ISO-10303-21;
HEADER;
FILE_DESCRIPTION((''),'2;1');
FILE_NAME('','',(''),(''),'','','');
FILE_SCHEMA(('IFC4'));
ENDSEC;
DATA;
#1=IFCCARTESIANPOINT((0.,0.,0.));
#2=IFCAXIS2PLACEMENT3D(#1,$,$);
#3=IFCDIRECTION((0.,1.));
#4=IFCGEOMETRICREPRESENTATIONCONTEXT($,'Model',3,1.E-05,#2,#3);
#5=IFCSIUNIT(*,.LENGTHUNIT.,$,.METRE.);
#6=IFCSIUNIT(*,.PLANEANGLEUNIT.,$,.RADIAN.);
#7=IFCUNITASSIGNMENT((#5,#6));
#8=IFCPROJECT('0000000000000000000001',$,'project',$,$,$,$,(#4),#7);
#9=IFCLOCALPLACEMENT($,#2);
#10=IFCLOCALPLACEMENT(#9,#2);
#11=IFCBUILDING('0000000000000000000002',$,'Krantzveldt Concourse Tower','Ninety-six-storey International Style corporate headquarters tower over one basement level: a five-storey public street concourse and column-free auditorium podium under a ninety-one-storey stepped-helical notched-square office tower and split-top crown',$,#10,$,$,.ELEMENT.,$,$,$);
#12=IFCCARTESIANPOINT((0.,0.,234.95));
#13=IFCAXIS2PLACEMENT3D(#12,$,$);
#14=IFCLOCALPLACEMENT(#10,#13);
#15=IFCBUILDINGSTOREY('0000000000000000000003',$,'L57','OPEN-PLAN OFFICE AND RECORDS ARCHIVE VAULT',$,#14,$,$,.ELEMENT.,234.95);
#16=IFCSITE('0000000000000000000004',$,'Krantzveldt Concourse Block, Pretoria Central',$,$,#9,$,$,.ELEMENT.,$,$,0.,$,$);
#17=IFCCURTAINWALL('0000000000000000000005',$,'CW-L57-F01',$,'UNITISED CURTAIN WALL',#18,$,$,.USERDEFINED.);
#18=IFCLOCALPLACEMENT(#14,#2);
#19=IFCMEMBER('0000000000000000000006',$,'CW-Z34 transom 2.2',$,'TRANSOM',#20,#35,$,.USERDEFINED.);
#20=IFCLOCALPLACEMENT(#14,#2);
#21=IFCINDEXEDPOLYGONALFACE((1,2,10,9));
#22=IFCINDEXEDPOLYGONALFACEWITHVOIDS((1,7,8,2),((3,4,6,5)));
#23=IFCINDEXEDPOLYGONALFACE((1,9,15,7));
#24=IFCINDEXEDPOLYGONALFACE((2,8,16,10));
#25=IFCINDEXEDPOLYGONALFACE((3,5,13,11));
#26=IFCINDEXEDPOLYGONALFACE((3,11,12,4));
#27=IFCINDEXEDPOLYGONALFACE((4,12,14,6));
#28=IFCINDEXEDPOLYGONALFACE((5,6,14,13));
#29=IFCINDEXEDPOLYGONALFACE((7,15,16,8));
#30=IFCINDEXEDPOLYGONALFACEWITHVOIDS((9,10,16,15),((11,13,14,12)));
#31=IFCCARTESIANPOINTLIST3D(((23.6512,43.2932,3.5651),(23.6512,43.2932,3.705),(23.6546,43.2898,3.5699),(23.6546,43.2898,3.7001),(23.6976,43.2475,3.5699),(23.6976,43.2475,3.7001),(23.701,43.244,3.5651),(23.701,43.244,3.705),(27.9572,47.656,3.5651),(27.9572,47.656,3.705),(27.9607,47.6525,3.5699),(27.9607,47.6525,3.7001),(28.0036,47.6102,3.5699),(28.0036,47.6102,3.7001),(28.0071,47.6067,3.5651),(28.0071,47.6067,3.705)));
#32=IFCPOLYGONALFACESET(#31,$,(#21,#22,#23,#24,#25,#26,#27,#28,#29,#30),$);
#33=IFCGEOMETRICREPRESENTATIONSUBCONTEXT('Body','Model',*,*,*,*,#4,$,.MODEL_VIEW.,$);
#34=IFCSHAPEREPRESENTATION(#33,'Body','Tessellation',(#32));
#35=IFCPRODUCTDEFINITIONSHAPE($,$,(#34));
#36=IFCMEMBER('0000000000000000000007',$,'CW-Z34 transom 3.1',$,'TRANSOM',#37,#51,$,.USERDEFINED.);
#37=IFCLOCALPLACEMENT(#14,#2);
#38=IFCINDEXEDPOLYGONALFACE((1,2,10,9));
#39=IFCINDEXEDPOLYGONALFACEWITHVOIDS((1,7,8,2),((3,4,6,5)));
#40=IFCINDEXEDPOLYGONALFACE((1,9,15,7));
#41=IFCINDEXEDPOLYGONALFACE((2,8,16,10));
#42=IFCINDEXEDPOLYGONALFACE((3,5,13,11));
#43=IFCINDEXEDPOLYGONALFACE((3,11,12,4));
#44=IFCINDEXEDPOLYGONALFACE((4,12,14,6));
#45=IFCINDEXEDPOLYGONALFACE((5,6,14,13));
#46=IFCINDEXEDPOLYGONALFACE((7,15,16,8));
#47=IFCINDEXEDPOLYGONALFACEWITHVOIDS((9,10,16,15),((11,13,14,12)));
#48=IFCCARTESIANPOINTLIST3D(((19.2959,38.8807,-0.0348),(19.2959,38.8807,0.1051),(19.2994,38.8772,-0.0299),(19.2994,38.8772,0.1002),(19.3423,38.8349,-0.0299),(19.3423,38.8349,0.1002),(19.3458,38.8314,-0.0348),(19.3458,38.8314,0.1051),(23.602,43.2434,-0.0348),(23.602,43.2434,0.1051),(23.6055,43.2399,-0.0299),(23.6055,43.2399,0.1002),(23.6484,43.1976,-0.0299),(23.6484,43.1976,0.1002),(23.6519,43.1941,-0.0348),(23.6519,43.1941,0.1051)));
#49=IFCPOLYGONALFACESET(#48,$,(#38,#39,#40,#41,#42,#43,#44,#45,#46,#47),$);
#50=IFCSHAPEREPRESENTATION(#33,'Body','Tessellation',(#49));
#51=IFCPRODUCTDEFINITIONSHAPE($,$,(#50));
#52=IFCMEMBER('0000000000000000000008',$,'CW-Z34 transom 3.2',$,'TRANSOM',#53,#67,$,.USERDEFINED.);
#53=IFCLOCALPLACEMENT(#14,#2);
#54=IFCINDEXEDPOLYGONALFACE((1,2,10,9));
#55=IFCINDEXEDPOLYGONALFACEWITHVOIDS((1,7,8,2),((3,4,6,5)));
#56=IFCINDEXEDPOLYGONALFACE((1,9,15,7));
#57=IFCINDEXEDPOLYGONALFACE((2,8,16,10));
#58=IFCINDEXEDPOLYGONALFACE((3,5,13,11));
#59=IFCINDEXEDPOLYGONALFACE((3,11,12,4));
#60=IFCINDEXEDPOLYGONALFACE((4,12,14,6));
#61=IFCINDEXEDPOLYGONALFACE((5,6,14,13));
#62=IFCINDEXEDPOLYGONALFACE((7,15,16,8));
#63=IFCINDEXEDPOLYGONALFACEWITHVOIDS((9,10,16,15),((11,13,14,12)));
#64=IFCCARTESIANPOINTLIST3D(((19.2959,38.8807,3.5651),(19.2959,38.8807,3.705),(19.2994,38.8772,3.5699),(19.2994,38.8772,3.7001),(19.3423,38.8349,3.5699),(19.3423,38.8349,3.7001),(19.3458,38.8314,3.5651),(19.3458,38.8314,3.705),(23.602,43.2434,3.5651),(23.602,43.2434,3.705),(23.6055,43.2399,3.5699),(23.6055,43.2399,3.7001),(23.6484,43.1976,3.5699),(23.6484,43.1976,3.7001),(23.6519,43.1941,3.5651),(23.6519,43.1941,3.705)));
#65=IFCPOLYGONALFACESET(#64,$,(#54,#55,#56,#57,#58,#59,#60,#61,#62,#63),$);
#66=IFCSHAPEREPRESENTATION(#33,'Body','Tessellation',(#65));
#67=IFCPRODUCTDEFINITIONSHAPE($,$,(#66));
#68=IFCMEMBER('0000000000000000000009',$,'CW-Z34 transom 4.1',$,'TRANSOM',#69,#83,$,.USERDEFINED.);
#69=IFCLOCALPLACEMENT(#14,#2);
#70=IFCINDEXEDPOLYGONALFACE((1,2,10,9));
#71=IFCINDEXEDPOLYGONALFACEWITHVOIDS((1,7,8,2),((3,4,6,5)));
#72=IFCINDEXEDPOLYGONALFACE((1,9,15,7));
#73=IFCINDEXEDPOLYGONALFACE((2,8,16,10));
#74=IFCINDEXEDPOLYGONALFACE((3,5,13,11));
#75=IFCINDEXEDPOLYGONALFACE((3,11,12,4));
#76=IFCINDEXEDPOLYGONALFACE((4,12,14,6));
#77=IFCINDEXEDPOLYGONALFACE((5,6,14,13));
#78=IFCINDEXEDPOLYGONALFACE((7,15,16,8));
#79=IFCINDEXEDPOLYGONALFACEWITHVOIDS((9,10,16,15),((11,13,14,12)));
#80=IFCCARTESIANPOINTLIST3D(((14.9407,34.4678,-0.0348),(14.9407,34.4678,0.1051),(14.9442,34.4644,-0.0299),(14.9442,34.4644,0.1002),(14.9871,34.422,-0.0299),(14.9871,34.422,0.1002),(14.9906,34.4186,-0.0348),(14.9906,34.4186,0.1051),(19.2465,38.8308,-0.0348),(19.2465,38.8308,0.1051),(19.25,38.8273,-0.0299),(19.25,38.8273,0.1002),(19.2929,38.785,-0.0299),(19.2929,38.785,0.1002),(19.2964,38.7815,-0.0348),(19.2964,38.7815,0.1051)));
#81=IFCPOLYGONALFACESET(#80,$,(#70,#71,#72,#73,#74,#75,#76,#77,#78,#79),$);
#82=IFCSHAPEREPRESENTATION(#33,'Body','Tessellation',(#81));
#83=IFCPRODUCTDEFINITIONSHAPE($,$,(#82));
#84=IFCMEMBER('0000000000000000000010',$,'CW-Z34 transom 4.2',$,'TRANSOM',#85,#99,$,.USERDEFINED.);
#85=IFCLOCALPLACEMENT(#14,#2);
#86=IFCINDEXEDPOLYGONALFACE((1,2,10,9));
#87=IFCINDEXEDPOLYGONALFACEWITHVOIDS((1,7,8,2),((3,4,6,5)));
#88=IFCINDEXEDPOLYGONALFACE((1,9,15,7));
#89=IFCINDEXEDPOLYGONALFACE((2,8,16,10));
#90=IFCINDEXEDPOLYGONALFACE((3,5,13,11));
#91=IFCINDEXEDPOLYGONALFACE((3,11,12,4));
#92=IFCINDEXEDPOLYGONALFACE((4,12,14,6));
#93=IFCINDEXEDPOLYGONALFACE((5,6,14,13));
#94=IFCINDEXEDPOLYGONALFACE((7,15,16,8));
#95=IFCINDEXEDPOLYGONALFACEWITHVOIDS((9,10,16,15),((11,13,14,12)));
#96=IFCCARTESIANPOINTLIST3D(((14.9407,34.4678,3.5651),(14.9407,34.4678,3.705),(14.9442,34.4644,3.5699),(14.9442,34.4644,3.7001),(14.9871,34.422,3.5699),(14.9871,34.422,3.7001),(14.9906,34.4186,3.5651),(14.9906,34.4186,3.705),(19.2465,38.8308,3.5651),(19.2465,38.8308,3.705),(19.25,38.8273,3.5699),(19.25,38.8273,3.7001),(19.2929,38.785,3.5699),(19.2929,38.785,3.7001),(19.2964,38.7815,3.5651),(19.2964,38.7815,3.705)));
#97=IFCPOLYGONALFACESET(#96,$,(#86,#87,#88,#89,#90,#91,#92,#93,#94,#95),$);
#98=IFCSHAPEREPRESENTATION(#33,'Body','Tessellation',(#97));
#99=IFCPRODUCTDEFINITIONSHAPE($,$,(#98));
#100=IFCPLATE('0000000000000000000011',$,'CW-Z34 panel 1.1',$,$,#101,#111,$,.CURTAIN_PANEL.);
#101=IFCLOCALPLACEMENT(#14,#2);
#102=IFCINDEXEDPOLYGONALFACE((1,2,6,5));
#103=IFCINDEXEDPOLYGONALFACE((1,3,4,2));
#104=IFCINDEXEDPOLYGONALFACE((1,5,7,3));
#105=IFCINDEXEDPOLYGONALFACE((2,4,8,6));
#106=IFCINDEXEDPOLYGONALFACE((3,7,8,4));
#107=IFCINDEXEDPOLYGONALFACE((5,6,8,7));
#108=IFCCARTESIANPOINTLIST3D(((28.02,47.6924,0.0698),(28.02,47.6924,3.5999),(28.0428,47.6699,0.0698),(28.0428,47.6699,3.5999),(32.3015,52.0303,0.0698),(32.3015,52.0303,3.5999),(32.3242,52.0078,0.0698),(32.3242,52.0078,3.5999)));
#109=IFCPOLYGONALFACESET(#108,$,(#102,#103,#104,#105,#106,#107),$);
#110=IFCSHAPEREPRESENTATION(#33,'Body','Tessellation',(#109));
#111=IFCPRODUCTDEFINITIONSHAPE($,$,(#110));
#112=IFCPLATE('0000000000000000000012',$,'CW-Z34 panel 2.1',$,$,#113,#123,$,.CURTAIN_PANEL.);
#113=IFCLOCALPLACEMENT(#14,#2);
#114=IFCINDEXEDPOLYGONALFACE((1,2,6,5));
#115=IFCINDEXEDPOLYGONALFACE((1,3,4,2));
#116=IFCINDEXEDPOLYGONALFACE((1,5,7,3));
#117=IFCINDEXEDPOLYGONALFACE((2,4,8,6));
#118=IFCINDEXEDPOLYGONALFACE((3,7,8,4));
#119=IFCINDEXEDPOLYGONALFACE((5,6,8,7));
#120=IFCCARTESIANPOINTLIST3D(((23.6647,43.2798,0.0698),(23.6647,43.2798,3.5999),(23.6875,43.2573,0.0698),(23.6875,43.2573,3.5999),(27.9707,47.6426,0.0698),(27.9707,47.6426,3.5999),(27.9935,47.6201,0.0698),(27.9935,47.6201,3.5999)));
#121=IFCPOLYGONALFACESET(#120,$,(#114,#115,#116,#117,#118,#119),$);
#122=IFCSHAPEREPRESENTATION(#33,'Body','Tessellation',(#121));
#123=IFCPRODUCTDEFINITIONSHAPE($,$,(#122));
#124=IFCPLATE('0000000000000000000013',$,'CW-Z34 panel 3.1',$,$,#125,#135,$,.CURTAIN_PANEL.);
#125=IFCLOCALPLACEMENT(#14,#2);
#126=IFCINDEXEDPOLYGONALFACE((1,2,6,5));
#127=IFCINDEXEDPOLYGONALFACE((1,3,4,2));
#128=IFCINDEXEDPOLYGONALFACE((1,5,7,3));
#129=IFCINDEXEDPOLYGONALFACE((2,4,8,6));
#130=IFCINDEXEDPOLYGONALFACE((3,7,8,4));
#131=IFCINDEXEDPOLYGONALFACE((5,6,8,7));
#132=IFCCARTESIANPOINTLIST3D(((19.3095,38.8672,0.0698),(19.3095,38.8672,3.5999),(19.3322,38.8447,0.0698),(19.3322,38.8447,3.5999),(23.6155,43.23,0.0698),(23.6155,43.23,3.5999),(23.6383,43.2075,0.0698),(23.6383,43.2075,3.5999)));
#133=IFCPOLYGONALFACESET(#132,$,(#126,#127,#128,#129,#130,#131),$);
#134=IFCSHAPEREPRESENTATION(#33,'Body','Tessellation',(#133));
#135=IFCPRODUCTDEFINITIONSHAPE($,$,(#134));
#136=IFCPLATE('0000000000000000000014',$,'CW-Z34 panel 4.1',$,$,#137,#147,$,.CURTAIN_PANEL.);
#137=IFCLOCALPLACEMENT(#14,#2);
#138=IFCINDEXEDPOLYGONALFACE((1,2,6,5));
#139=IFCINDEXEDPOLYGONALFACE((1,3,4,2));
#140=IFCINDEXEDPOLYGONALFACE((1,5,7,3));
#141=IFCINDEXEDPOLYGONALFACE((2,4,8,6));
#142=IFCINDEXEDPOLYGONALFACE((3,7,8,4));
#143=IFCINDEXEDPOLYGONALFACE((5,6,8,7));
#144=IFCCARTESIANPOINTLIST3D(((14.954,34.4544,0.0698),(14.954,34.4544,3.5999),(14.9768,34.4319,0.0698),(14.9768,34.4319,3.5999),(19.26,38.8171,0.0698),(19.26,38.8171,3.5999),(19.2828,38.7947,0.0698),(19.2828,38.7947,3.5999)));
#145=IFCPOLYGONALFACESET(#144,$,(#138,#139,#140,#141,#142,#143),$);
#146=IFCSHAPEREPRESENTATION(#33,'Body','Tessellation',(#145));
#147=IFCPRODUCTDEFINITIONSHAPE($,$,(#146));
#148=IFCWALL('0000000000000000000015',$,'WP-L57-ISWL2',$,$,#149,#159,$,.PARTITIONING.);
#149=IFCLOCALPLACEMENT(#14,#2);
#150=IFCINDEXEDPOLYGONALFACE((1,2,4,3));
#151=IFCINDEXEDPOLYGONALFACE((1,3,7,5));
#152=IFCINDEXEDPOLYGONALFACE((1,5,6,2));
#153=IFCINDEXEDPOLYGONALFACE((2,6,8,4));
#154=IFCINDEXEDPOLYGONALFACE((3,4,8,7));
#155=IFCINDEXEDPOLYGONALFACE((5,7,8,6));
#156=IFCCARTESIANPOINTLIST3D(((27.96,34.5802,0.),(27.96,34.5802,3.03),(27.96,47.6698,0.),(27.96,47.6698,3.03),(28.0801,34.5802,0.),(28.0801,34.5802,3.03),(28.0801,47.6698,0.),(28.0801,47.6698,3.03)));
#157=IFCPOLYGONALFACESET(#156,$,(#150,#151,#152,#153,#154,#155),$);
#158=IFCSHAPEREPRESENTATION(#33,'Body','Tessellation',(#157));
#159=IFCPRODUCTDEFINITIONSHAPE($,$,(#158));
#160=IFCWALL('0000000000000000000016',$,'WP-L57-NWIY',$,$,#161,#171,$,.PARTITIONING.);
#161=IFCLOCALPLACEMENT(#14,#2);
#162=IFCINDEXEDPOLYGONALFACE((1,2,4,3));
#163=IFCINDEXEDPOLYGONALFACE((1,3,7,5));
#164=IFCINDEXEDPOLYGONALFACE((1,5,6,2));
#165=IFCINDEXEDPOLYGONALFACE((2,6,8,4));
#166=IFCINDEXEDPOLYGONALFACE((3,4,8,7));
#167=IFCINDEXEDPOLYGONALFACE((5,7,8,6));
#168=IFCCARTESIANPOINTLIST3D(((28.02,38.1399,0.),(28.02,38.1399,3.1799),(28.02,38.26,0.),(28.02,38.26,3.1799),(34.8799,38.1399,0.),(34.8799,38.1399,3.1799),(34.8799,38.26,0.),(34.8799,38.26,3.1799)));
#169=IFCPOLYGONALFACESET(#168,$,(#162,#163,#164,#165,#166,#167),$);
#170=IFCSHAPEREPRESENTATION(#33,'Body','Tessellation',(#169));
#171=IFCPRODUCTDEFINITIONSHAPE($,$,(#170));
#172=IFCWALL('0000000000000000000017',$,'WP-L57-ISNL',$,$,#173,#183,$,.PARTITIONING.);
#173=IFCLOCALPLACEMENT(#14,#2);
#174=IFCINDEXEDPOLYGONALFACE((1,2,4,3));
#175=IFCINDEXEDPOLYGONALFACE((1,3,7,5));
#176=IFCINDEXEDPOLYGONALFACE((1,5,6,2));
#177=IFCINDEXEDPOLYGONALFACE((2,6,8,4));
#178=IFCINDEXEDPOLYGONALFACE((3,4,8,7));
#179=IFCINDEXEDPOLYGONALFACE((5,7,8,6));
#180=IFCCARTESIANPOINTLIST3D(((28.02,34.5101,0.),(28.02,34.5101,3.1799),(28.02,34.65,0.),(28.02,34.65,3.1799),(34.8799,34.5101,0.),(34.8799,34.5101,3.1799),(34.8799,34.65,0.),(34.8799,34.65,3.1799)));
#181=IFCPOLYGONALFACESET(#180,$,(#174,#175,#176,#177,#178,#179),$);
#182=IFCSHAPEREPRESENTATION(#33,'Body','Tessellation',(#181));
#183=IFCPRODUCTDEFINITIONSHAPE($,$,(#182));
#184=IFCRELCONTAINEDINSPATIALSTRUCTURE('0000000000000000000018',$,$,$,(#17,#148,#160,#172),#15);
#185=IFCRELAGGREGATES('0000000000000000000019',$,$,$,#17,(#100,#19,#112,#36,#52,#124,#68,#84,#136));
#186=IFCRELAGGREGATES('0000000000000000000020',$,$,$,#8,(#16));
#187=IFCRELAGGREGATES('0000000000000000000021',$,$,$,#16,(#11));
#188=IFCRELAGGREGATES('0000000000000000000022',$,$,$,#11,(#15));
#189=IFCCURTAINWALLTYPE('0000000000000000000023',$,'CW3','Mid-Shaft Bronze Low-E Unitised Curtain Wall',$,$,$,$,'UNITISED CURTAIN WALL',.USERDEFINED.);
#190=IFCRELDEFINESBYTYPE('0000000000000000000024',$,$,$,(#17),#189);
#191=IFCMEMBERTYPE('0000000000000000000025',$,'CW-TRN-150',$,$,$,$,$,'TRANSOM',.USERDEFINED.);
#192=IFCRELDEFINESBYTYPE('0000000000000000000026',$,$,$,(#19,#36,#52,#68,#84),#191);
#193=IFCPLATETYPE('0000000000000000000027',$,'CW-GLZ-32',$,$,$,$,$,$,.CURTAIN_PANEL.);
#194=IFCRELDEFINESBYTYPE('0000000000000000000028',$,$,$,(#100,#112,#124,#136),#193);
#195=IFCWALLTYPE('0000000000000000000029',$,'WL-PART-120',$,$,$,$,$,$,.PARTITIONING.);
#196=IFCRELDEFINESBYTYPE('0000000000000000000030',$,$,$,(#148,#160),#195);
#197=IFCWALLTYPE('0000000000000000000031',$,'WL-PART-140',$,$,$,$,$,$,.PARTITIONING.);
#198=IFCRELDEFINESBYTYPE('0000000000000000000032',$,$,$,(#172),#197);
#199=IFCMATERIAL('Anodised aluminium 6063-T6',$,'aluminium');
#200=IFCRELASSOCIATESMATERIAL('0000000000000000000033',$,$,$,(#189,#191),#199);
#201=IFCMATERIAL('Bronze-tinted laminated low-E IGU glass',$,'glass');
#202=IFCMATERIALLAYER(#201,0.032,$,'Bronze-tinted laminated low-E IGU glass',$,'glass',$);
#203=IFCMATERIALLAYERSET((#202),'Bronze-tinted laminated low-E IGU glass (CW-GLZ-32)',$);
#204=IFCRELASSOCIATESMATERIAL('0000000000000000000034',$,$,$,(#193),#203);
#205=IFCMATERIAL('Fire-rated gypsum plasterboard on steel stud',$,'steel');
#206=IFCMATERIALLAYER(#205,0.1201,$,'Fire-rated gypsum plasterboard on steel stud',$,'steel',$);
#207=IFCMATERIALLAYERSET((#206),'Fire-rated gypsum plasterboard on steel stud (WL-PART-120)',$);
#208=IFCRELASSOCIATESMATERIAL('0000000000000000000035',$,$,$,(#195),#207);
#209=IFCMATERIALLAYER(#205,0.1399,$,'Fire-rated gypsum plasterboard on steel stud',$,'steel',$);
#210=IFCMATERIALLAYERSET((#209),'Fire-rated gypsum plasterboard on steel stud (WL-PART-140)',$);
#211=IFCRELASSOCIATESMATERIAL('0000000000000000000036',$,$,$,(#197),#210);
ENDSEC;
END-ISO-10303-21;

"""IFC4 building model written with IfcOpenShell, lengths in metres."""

from ifc_helpers import new_model, si_unit, direction, frame, frame_2d, origin, origin_2d, place, context, subcontext, project, spatial, rectangle, hollow_rectangle, extrude, source, transform, mapped, material, layer, layer_set, material_profile, profile_set, type_object, type_shapes, element, aggregate, save


model = new_model("IFC4")

# Units and contexts
model_context = context("Model", 3, precision=1e-05, world=origin(), true_north=direction((0.0, 1.0)))
body_context = subcontext(model_context, "Body", "Model", "MODEL_VIEW")
ifc_project = project(units=[si_unit("LENGTHUNIT", "METRE"), si_unit("PLANEANGLEUNIT", "RADIAN")], contexts=[model_context])

# Site, building, storey
site_placement = place(None, origin())
site = spatial("IfcSite", under=ifc_project, at=site_placement, Name="Krantzveldt Concourse Block, Pretoria Central", CompositionType="ELEMENT", RefElevation=0.0)
building_placement = place(site_placement, origin())
building = spatial("IfcBuilding", under=site, at=building_placement, Name="Krantzveldt Concourse Tower", Description="Ninety-six-storey International Style corporate headquarters tower over one basement level: a five-storey public street concourse and column-free auditorium podium under a ninety-one-storey stepped-helical notched-square office tower and split-top crown", CompositionType="ELEMENT")
storey_placement = place(building_placement, frame((0.0, 0.0, 234.95)))
storey = spatial("IfcBuildingStorey", under=building, at=storey_placement, Name="L57", Description="OPEN-PLAN OFFICE AND RECORDS ARCHIVE VAULT", CompositionType="ELEMENT", Elevation=234.95)

# Curtain wall, members, plates
ifc_material_1 = material(Name="Anodised aluminium 6063-T6", Category="aluminium")
curtain_wall_type = type_object("IfcCurtainWallType", Name="CW3", Description="Mid-Shaft Bronze Low-E Unitised Curtain Wall", ElementType="UNITISED CURTAIN WALL", PredefinedType="USERDEFINED", material=ifc_material_1)
curtain_wall_placement = place(storey_placement, origin())
curtain_wall = element("IfcCurtainWall", 1, at=curtain_wall_placement, inside=storey, type_object=curtain_wall_type, Name="CW-L57-F01", ObjectType="UNITISED CURTAIN WALL", PredefinedType="USERDEFINED")
ifc_material_profile_1 = material_profile(ifc_material_1, hollow_rectangle(XDim=0.0701, YDim=0.1399, WallThickness=0.0049, at=origin_2d()), Name="Anodised aluminium 6063-T6", Category="aluminium")
ifc_profile_set_1 = profile_set([ifc_material_profile_1], Name="Anodised aluminium 6063-T6 - ALU-TRAN 140x70x5")
member_type_1 = type_object("IfcMemberType", Name="CW-TRN-150", ElementType="TRANSOM", PredefinedType="USERDEFINED", material=ifc_profile_set_1)
shared_shape_1 = source(origin(), body_context, "Body", "SweptSolid", [
    extrude(hollow_rectangle(XDim=0.0701, YDim=0.1399, WallThickness=0.0049, at=origin_2d()), origin(), (0.0, 0.0, 1.0), 6.1299),
])
member_1_placement = place(storey_placement, frame((27.9822, 47.6313, 3.635), z_axis=(-0.702472, -0.711712, 0.0), x_axis=(0.711712, -0.702472, 0.0)))
member_1 = element("IfcMember", 2, at=member_1_placement, type_object=member_type_1, Name="CW-Z34 transom 2.2", ObjectType="TRANSOM", PredefinedType="USERDEFINED", context=body_context, shape_type="MappedRepresentation", body=[
    mapped(shared_shape_1, transform((0.0, 0.0, 0.0), x_axis=(1.0, 0.0, 0.0), y_axis=(0.0, 1.0, 0.0), z_axis=(0.0, 0.0, 1.0), scale=1.0)),
])
member_2_placement = place(storey_placement, frame((23.627, 43.2188, 0.0352), z_axis=(-0.702472, -0.711712, 0.0), x_axis=(0.711712, -0.702472, 0.0)))
member_2 = element("IfcMember", 3, at=member_2_placement, type_object=member_type_1, Name="CW-Z34 transom 3.1", ObjectType="TRANSOM", PredefinedType="USERDEFINED", context=body_context, shape_type="MappedRepresentation", body=[
    mapped(shared_shape_1, transform((0.0, 0.0, 0.0), x_axis=(1.0, 0.0, 0.0), y_axis=(0.0, 1.0, 0.0), z_axis=(0.0, 0.0, 1.0), scale=1.0)),
])
member_3_placement = place(storey_placement, frame((23.627, 43.2188, 3.635), z_axis=(-0.702472, -0.711712, 0.0), x_axis=(0.711712, -0.702472, 0.0)))
member_3 = element("IfcMember", 4, at=member_3_placement, type_object=member_type_1, Name="CW-Z34 transom 3.2", ObjectType="TRANSOM", PredefinedType="USERDEFINED", context=body_context, shape_type="MappedRepresentation", body=[
    mapped(shared_shape_1, transform((0.0, 0.0, 0.0), x_axis=(1.0, 0.0, 0.0), y_axis=(0.0, 1.0, 0.0), z_axis=(0.0, 0.0, 1.0), scale=1.0)),
])
member_4_placement = place(storey_placement, frame((19.2715, 38.8062, 0.0352), z_axis=(-0.702432, -0.711751, 0.0), x_axis=(0.711751, -0.702432, 0.0)))
member_4 = element("IfcMember", 5, at=member_4_placement, type_object=member_type_1, Name="CW-Z34 transom 4.1", ObjectType="TRANSOM", PredefinedType="USERDEFINED", context=body_context, shape_type="MappedRepresentation", body=[
    mapped(shared_shape_1, transform((0.0, 0.0, 0.0), x_axis=(1.0, 0.0, 0.0), y_axis=(0.0, 1.0, 0.0), z_axis=(0.0, 0.0, 1.0), scale=1.0)),
])
member_5_placement = place(storey_placement, frame((19.2715, 38.8062, 3.635), z_axis=(-0.702432, -0.711751, 0.0), x_axis=(0.711751, -0.702432, 0.0)))
member_5 = element("IfcMember", 6, at=member_5_placement, type_object=member_type_1, Name="CW-Z34 transom 4.2", ObjectType="TRANSOM", PredefinedType="USERDEFINED", context=body_context, shape_type="MappedRepresentation", body=[
    mapped(shared_shape_1, transform((0.0, 0.0, 0.0), x_axis=(1.0, 0.0, 0.0), y_axis=(0.0, 1.0, 0.0), z_axis=(0.0, 0.0, 1.0), scale=1.0)),
])
ifc_material_2 = material(Name="Bronze-tinted laminated low-E IGU glass", Category="glass")
ifc_layer_1 = layer(ifc_material_2, 0.032, Name="Bronze-tinted laminated low-E IGU glass", Category="glass")
ifc_layer_set_1 = layer_set([ifc_layer_1], Name="Bronze-tinted laminated low-E IGU glass (CW-GLZ-32)")
plate_type = type_object("IfcPlateType", Name="CW-GLZ-32", PredefinedType="CURTAIN_PANEL", material=ifc_layer_set_1)
shared_shape_2 = source(origin(), body_context, "Body", "SweptSolid", [
    extrude(rectangle(XDim=6.095, YDim=0.032, at=origin_2d()), origin(), (0.0, 0.0, 1.0), 3.53),
])
plate_1_placement = place(storey_placement, frame((30.1721, 49.8501, 0.0698), z_axis=(0.0, 0.0, 1.0), x_axis=(-0.702464, -0.71172, 0.0)))
plate_1 = element("IfcPlate", 7, at=plate_1_placement, type_object=plate_type, Name="CW-Z34 panel 1.1", PredefinedType="CURTAIN_PANEL", context=body_context, shape_type="MappedRepresentation", body=[
    mapped(shared_shape_2, transform((0.0, 0.0, 0.0), x_axis=(1.0, 0.0, 0.0), y_axis=(0.0, 1.0, 0.0), z_axis=(0.0, 0.0, 1.0), scale=1.0)),
])
shared_shape_3 = source(origin(), body_context, "Body", "SweptSolid", [
    extrude(rectangle(XDim=6.1299, YDim=0.032, at=origin_2d()), origin(), (0.0, 0.0, 1.0), 3.53),
])
type_shapes(plate_type, [shared_shape_2, shared_shape_3])
plate_2_placement = place(storey_placement, frame((25.8291, 45.45, 0.0698), z_axis=(0.0, 0.0, 1.0), x_axis=(-0.702464, -0.71172, 0.0)))
plate_2 = element("IfcPlate", 8, at=plate_2_placement, type_object=plate_type, Name="CW-Z34 panel 2.1", PredefinedType="CURTAIN_PANEL", context=body_context, shape_type="MappedRepresentation", body=[
    mapped(shared_shape_3, transform((0.0, 0.0, 0.0), x_axis=(1.0, 0.0, 0.0), y_axis=(0.0, 1.0, 0.0), z_axis=(0.0, 0.0, 1.0), scale=1.0)),
])
plate_3_placement = place(storey_placement, frame((21.4739, 41.0374, 0.0698), z_axis=(0.0, 0.0, 1.0), x_axis=(-0.702464, -0.71172, 0.0)))
plate_3 = element("IfcPlate", 9, at=plate_3_placement, type_object=plate_type, Name="CW-Z34 panel 3.1", PredefinedType="CURTAIN_PANEL", context=body_context, shape_type="MappedRepresentation", body=[
    mapped(shared_shape_3, transform((0.0, 0.0, 0.0), x_axis=(1.0, 0.0, 0.0), y_axis=(0.0, 1.0, 0.0), z_axis=(0.0, 0.0, 1.0), scale=1.0)),
])
plate_4_placement = place(storey_placement, frame((17.1184, 36.6245, 0.0698), z_axis=(0.0, 0.0, 1.0), x_axis=(-0.702464, -0.71172, 0.0)))
plate_4 = element("IfcPlate", 10, at=plate_4_placement, type_object=plate_type, Name="CW-Z34 panel 4.1", PredefinedType="CURTAIN_PANEL", context=body_context, shape_type="MappedRepresentation", body=[
    mapped(shared_shape_3, transform((0.0, 0.0, 0.0), x_axis=(1.0, 0.0, 0.0), y_axis=(0.0, 1.0, 0.0), z_axis=(0.0, 0.0, 1.0), scale=1.0)),
])
aggregate(curtain_wall, [plate_1, member_1, plate_2, member_2, member_3, plate_3, member_4, member_5, plate_4])

# Walls
ifc_material_3 = material(Name="Fire-rated gypsum plasterboard on steel stud", Category="steel")
ifc_layer_2 = layer(ifc_material_3, 0.1201, Name="Fire-rated gypsum plasterboard on steel stud", Category="steel")
ifc_layer_set_2 = layer_set([ifc_layer_2], Name="Fire-rated gypsum plasterboard on steel stud (WL-PART-120)")
wall_type_1 = type_object("IfcWallType", Name="WL-PART-120", PredefinedType="PARTITIONING", material=ifc_layer_set_2)
wall_1_placement = place(storey_placement, frame((28.02, 34.5801, 0.0), z_axis=(0.0, 0.0, 1.0), x_axis=(0.0, 1.0, 0.0)))
element("IfcWall", 11, at=wall_1_placement, inside=storey, type_object=wall_type_1, Name="WP-L57-ISWL2", PredefinedType="PARTITIONING", context=body_context, shape_type="SweptSolid", body=[
    extrude(rectangle(XDim=13.0896, YDim=0.1201, at=frame_2d((6.5449, 0.0))), origin(), (0.0, 0.0, 1.0), 3.03),
])
wall_2_placement = place(storey_placement, frame((28.02, 38.2, 0.0), z_axis=(0.0, 0.0, 1.0), x_axis=(1.0, 0.0, 0.0)))
element("IfcWall", 12, at=wall_2_placement, inside=storey, type_object=wall_type_1, Name="WP-L57-NWIY", PredefinedType="PARTITIONING", context=body_context, shape_type="SweptSolid", body=[
    extrude(rectangle(XDim=6.8599, YDim=0.1201, at=frame_2d((3.4299, 0.0))), origin(), (0.0, 0.0, 1.0), 3.1799),
])
ifc_layer_3 = layer(ifc_material_3, 0.1399, Name="Fire-rated gypsum plasterboard on steel stud", Category="steel")
ifc_layer_set_3 = layer_set([ifc_layer_3], Name="Fire-rated gypsum plasterboard on steel stud (WL-PART-140)")
wall_type_2 = type_object("IfcWallType", Name="WL-PART-140", PredefinedType="PARTITIONING", material=ifc_layer_set_3)
wall_3_placement = place(storey_placement, frame((28.02, 34.5801, 0.0), z_axis=(0.0, 0.0, 1.0), x_axis=(1.0, 0.0, 0.0)))
element("IfcWall", 13, at=wall_3_placement, inside=storey, type_object=wall_type_2, Name="WP-L57-ISNL", PredefinedType="PARTITIONING", context=body_context, shape_type="SweptSolid", body=[
    extrude(rectangle(XDim=6.8599, YDim=0.1399, at=frame_2d((3.4299, 0.0))), origin(), (0.0, 0.0, 1.0), 3.1799),
])

save(model, "model.ifc")
